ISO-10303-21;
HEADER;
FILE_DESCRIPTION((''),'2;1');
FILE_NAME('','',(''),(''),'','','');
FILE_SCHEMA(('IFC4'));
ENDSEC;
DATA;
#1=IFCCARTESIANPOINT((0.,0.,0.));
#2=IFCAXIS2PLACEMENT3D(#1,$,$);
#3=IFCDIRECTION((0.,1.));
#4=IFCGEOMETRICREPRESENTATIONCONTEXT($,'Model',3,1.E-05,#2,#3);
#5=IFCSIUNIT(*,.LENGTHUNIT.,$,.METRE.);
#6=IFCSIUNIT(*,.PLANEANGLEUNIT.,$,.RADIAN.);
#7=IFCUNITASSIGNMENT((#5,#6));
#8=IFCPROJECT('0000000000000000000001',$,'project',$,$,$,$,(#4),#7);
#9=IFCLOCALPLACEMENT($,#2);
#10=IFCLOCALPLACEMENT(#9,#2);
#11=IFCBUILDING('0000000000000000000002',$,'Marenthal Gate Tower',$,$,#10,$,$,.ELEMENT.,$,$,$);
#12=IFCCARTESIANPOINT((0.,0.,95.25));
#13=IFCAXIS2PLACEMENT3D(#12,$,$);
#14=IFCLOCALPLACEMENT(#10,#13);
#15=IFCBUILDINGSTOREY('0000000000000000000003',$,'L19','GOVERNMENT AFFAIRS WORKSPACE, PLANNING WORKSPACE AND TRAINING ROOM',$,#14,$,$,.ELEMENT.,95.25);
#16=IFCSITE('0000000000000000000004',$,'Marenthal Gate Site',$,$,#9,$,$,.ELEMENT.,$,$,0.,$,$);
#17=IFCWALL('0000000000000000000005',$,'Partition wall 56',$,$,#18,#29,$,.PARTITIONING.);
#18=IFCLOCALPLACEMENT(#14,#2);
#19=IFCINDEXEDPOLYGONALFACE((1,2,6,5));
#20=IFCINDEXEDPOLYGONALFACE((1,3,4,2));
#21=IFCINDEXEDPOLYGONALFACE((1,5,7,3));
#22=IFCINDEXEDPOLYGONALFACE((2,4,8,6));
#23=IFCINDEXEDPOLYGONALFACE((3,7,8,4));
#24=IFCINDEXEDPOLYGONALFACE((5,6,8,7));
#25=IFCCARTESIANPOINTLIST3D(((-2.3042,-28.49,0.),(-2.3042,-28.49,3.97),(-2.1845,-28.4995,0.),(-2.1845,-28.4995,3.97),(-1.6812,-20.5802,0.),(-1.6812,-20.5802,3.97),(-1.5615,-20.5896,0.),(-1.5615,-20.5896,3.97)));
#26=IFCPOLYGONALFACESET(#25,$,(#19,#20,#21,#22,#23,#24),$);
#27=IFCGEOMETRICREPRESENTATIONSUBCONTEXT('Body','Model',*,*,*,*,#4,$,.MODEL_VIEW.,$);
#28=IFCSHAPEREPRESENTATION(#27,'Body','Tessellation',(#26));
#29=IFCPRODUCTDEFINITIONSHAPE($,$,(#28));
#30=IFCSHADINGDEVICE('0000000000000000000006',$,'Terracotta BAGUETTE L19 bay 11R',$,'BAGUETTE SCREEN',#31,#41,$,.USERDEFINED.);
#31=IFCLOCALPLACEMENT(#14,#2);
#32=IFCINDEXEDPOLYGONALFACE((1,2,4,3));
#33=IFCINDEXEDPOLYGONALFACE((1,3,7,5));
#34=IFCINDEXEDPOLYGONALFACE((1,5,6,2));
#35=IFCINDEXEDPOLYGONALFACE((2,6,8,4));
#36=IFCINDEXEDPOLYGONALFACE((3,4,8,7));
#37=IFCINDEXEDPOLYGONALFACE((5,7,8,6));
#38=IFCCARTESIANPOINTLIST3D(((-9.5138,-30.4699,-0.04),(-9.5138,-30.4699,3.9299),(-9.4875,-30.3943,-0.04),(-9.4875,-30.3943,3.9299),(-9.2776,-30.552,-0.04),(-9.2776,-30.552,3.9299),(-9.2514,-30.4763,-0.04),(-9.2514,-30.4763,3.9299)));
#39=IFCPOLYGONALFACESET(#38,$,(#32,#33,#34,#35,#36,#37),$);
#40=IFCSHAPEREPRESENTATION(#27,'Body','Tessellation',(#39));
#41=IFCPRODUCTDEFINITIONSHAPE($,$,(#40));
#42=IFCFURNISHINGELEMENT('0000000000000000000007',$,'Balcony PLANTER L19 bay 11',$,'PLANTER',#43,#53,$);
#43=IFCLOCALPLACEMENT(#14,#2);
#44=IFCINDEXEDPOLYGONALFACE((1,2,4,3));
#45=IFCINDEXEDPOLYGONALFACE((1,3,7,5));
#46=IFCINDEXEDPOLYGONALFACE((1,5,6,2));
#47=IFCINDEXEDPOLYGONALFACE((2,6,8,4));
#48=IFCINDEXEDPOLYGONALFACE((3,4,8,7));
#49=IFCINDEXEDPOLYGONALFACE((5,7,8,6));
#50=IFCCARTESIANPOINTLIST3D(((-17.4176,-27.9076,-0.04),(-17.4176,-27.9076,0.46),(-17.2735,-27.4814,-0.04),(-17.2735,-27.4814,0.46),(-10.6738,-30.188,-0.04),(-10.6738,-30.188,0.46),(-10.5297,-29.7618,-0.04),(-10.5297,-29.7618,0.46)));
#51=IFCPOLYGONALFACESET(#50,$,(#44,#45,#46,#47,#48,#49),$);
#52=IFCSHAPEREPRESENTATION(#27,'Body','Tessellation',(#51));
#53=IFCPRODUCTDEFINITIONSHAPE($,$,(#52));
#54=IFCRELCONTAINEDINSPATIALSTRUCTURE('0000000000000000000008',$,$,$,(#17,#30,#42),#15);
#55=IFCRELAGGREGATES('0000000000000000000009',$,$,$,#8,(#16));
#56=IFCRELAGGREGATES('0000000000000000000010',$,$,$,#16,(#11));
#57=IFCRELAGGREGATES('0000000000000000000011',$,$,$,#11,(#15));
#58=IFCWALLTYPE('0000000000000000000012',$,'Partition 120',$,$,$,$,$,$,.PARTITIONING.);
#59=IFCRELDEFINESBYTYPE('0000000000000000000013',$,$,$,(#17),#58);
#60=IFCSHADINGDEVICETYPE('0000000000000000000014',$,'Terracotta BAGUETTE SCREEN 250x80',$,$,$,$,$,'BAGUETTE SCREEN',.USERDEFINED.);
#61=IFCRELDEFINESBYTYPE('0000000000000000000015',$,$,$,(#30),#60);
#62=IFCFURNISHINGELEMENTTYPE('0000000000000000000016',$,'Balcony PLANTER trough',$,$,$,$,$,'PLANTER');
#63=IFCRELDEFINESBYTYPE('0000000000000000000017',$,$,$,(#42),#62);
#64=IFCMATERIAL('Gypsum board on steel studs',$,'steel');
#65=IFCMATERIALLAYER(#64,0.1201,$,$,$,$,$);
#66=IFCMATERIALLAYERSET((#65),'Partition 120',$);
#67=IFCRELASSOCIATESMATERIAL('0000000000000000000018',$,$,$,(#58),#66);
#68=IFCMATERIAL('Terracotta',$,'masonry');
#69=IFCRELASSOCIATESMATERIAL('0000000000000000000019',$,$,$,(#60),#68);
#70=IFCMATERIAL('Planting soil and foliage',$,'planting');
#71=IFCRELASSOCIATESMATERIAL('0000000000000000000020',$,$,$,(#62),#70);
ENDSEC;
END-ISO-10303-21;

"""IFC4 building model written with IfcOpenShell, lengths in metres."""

from ifc_helpers import new_model, si_unit, direction, frame, frame_2d, origin, origin_2d, place, context, subcontext, project, spatial, rectangle, extrude, material, layer, layer_set, material_profile, profile_set, type_object, element, save


model = new_model("IFC4")

# Units and contexts
model_context = context("Model", 3, precision=1e-05, world=origin(), true_north=direction((0.0, 1.0)))
body_context = subcontext(model_context, "Body", "Model", "MODEL_VIEW")
ifc_project = project(units=[si_unit("LENGTHUNIT", "METRE"), si_unit("PLANEANGLEUNIT", "RADIAN")], contexts=[model_context])

# Site, building, storey
site_placement = place(None, origin())
site = spatial("IfcSite", under=ifc_project, at=site_placement, Name="Marenthal Gate Site", CompositionType="ELEMENT", RefElevation=0.0)
building_placement = place(site_placement, origin())
building = spatial("IfcBuilding", under=site, at=building_placement, Name="Marenthal Gate Tower", CompositionType="ELEMENT")
storey_placement = place(building_placement, frame((0.0, 0.0, 95.25)))
storey = spatial("IfcBuildingStorey", under=building, at=storey_placement, Name="L19", Description="GOVERNMENT AFFAIRS WORKSPACE, PLANNING WORKSPACE AND TRAINING ROOM", CompositionType="ELEMENT", Elevation=95.25)

# Wall
ifc_material_1 = material(Name="Gypsum board on steel studs", Category="steel")
ifc_layer_1 = layer(ifc_material_1, 0.1201)
ifc_layer_set_1 = layer_set([ifc_layer_1], Name="Partition 120")
wall_type = type_object("IfcWallType", Name="Partition 120", PredefinedType="PARTITIONING", material=ifc_layer_set_1)
wall_1_placement = place(storey_placement, frame((-2.2444, -28.4949, 0.0), z_axis=(0.0, 0.0, 1.0), x_axis=(0.078525, 0.996912, 0.0)))
element("IfcWall", 1, at=wall_1_placement, inside=storey, type_object=wall_type, Name="Partition wall 56", PredefinedType="PARTITIONING", context=body_context, shape_type="SweptSolid", body=[
    extrude(rectangle(XDim=7.9343, YDim=0.1201, at=frame_2d((3.9673, 0.0))), origin(), (0.0, 0.0, 1.0), 3.97),
])

# Shading device
ifc_material_2 = material(Name="Terracotta", Category="masonry")
ifc_material_profile_1 = material_profile(ifc_material_2, rectangle(XDim=0.25, YDim=0.0801, at=origin_2d()), Name="Terracotta baguette 250x80")
ifc_profile_set_1 = profile_set([ifc_material_profile_1], Name="Terracotta")
shading_device_type = type_object("IfcShadingDeviceType", Name="Terracotta BAGUETTE SCREEN 250x80", ElementType="BAGUETTE SCREEN", PredefinedType="USERDEFINED", material=ifc_profile_set_1)
shading_device_placement = place(storey_placement, frame((-9.3826, -30.4731, -0.04), z_axis=(0.0, 0.0, 1.0), x_axis=(0.944614, -0.328183, 0.0)))
element("IfcShadingDevice", 2, at=shading_device_placement, inside=storey, type_object=shading_device_type, Name="Terracotta BAGUETTE L19 bay 11R", ObjectType="BAGUETTE SCREEN", PredefinedType="USERDEFINED", context=body_context, shape_type="SweptSolid", body=[
    extrude(rectangle(XDim=0.25, YDim=0.0801, at=origin_2d()), origin(), (0.0, 0.0, 1.0), 3.97),
])

# Furnishing element
ifc_material_3 = material(Name="Planting soil and foliage", Category="planting")
furnishing_element_type = type_object("IfcFurnishingElementType", Name="Balcony PLANTER trough", ElementType="PLANTER", material=ifc_material_3)
furnishing_placement = place(storey_placement, frame((-13.9736, -28.8347, -0.04), z_axis=(0.0, 0.0, 1.0), x_axis=(0.947307, -0.320328, 0.0)))
element("IfcFurnishingElement", 3, at=furnishing_placement, inside=storey, type_object=furnishing_element_type, Name="Balcony PLANTER L19 bay 11", ObjectType="PLANTER", context=body_context, shape_type="SweptSolid", body=[
    extrude(rectangle(XDim=7.1189, YDim=0.45, at=origin_2d()), origin(), (0.0, 0.0, 1.0), 0.5),
])

save(model, "model.ifc")
